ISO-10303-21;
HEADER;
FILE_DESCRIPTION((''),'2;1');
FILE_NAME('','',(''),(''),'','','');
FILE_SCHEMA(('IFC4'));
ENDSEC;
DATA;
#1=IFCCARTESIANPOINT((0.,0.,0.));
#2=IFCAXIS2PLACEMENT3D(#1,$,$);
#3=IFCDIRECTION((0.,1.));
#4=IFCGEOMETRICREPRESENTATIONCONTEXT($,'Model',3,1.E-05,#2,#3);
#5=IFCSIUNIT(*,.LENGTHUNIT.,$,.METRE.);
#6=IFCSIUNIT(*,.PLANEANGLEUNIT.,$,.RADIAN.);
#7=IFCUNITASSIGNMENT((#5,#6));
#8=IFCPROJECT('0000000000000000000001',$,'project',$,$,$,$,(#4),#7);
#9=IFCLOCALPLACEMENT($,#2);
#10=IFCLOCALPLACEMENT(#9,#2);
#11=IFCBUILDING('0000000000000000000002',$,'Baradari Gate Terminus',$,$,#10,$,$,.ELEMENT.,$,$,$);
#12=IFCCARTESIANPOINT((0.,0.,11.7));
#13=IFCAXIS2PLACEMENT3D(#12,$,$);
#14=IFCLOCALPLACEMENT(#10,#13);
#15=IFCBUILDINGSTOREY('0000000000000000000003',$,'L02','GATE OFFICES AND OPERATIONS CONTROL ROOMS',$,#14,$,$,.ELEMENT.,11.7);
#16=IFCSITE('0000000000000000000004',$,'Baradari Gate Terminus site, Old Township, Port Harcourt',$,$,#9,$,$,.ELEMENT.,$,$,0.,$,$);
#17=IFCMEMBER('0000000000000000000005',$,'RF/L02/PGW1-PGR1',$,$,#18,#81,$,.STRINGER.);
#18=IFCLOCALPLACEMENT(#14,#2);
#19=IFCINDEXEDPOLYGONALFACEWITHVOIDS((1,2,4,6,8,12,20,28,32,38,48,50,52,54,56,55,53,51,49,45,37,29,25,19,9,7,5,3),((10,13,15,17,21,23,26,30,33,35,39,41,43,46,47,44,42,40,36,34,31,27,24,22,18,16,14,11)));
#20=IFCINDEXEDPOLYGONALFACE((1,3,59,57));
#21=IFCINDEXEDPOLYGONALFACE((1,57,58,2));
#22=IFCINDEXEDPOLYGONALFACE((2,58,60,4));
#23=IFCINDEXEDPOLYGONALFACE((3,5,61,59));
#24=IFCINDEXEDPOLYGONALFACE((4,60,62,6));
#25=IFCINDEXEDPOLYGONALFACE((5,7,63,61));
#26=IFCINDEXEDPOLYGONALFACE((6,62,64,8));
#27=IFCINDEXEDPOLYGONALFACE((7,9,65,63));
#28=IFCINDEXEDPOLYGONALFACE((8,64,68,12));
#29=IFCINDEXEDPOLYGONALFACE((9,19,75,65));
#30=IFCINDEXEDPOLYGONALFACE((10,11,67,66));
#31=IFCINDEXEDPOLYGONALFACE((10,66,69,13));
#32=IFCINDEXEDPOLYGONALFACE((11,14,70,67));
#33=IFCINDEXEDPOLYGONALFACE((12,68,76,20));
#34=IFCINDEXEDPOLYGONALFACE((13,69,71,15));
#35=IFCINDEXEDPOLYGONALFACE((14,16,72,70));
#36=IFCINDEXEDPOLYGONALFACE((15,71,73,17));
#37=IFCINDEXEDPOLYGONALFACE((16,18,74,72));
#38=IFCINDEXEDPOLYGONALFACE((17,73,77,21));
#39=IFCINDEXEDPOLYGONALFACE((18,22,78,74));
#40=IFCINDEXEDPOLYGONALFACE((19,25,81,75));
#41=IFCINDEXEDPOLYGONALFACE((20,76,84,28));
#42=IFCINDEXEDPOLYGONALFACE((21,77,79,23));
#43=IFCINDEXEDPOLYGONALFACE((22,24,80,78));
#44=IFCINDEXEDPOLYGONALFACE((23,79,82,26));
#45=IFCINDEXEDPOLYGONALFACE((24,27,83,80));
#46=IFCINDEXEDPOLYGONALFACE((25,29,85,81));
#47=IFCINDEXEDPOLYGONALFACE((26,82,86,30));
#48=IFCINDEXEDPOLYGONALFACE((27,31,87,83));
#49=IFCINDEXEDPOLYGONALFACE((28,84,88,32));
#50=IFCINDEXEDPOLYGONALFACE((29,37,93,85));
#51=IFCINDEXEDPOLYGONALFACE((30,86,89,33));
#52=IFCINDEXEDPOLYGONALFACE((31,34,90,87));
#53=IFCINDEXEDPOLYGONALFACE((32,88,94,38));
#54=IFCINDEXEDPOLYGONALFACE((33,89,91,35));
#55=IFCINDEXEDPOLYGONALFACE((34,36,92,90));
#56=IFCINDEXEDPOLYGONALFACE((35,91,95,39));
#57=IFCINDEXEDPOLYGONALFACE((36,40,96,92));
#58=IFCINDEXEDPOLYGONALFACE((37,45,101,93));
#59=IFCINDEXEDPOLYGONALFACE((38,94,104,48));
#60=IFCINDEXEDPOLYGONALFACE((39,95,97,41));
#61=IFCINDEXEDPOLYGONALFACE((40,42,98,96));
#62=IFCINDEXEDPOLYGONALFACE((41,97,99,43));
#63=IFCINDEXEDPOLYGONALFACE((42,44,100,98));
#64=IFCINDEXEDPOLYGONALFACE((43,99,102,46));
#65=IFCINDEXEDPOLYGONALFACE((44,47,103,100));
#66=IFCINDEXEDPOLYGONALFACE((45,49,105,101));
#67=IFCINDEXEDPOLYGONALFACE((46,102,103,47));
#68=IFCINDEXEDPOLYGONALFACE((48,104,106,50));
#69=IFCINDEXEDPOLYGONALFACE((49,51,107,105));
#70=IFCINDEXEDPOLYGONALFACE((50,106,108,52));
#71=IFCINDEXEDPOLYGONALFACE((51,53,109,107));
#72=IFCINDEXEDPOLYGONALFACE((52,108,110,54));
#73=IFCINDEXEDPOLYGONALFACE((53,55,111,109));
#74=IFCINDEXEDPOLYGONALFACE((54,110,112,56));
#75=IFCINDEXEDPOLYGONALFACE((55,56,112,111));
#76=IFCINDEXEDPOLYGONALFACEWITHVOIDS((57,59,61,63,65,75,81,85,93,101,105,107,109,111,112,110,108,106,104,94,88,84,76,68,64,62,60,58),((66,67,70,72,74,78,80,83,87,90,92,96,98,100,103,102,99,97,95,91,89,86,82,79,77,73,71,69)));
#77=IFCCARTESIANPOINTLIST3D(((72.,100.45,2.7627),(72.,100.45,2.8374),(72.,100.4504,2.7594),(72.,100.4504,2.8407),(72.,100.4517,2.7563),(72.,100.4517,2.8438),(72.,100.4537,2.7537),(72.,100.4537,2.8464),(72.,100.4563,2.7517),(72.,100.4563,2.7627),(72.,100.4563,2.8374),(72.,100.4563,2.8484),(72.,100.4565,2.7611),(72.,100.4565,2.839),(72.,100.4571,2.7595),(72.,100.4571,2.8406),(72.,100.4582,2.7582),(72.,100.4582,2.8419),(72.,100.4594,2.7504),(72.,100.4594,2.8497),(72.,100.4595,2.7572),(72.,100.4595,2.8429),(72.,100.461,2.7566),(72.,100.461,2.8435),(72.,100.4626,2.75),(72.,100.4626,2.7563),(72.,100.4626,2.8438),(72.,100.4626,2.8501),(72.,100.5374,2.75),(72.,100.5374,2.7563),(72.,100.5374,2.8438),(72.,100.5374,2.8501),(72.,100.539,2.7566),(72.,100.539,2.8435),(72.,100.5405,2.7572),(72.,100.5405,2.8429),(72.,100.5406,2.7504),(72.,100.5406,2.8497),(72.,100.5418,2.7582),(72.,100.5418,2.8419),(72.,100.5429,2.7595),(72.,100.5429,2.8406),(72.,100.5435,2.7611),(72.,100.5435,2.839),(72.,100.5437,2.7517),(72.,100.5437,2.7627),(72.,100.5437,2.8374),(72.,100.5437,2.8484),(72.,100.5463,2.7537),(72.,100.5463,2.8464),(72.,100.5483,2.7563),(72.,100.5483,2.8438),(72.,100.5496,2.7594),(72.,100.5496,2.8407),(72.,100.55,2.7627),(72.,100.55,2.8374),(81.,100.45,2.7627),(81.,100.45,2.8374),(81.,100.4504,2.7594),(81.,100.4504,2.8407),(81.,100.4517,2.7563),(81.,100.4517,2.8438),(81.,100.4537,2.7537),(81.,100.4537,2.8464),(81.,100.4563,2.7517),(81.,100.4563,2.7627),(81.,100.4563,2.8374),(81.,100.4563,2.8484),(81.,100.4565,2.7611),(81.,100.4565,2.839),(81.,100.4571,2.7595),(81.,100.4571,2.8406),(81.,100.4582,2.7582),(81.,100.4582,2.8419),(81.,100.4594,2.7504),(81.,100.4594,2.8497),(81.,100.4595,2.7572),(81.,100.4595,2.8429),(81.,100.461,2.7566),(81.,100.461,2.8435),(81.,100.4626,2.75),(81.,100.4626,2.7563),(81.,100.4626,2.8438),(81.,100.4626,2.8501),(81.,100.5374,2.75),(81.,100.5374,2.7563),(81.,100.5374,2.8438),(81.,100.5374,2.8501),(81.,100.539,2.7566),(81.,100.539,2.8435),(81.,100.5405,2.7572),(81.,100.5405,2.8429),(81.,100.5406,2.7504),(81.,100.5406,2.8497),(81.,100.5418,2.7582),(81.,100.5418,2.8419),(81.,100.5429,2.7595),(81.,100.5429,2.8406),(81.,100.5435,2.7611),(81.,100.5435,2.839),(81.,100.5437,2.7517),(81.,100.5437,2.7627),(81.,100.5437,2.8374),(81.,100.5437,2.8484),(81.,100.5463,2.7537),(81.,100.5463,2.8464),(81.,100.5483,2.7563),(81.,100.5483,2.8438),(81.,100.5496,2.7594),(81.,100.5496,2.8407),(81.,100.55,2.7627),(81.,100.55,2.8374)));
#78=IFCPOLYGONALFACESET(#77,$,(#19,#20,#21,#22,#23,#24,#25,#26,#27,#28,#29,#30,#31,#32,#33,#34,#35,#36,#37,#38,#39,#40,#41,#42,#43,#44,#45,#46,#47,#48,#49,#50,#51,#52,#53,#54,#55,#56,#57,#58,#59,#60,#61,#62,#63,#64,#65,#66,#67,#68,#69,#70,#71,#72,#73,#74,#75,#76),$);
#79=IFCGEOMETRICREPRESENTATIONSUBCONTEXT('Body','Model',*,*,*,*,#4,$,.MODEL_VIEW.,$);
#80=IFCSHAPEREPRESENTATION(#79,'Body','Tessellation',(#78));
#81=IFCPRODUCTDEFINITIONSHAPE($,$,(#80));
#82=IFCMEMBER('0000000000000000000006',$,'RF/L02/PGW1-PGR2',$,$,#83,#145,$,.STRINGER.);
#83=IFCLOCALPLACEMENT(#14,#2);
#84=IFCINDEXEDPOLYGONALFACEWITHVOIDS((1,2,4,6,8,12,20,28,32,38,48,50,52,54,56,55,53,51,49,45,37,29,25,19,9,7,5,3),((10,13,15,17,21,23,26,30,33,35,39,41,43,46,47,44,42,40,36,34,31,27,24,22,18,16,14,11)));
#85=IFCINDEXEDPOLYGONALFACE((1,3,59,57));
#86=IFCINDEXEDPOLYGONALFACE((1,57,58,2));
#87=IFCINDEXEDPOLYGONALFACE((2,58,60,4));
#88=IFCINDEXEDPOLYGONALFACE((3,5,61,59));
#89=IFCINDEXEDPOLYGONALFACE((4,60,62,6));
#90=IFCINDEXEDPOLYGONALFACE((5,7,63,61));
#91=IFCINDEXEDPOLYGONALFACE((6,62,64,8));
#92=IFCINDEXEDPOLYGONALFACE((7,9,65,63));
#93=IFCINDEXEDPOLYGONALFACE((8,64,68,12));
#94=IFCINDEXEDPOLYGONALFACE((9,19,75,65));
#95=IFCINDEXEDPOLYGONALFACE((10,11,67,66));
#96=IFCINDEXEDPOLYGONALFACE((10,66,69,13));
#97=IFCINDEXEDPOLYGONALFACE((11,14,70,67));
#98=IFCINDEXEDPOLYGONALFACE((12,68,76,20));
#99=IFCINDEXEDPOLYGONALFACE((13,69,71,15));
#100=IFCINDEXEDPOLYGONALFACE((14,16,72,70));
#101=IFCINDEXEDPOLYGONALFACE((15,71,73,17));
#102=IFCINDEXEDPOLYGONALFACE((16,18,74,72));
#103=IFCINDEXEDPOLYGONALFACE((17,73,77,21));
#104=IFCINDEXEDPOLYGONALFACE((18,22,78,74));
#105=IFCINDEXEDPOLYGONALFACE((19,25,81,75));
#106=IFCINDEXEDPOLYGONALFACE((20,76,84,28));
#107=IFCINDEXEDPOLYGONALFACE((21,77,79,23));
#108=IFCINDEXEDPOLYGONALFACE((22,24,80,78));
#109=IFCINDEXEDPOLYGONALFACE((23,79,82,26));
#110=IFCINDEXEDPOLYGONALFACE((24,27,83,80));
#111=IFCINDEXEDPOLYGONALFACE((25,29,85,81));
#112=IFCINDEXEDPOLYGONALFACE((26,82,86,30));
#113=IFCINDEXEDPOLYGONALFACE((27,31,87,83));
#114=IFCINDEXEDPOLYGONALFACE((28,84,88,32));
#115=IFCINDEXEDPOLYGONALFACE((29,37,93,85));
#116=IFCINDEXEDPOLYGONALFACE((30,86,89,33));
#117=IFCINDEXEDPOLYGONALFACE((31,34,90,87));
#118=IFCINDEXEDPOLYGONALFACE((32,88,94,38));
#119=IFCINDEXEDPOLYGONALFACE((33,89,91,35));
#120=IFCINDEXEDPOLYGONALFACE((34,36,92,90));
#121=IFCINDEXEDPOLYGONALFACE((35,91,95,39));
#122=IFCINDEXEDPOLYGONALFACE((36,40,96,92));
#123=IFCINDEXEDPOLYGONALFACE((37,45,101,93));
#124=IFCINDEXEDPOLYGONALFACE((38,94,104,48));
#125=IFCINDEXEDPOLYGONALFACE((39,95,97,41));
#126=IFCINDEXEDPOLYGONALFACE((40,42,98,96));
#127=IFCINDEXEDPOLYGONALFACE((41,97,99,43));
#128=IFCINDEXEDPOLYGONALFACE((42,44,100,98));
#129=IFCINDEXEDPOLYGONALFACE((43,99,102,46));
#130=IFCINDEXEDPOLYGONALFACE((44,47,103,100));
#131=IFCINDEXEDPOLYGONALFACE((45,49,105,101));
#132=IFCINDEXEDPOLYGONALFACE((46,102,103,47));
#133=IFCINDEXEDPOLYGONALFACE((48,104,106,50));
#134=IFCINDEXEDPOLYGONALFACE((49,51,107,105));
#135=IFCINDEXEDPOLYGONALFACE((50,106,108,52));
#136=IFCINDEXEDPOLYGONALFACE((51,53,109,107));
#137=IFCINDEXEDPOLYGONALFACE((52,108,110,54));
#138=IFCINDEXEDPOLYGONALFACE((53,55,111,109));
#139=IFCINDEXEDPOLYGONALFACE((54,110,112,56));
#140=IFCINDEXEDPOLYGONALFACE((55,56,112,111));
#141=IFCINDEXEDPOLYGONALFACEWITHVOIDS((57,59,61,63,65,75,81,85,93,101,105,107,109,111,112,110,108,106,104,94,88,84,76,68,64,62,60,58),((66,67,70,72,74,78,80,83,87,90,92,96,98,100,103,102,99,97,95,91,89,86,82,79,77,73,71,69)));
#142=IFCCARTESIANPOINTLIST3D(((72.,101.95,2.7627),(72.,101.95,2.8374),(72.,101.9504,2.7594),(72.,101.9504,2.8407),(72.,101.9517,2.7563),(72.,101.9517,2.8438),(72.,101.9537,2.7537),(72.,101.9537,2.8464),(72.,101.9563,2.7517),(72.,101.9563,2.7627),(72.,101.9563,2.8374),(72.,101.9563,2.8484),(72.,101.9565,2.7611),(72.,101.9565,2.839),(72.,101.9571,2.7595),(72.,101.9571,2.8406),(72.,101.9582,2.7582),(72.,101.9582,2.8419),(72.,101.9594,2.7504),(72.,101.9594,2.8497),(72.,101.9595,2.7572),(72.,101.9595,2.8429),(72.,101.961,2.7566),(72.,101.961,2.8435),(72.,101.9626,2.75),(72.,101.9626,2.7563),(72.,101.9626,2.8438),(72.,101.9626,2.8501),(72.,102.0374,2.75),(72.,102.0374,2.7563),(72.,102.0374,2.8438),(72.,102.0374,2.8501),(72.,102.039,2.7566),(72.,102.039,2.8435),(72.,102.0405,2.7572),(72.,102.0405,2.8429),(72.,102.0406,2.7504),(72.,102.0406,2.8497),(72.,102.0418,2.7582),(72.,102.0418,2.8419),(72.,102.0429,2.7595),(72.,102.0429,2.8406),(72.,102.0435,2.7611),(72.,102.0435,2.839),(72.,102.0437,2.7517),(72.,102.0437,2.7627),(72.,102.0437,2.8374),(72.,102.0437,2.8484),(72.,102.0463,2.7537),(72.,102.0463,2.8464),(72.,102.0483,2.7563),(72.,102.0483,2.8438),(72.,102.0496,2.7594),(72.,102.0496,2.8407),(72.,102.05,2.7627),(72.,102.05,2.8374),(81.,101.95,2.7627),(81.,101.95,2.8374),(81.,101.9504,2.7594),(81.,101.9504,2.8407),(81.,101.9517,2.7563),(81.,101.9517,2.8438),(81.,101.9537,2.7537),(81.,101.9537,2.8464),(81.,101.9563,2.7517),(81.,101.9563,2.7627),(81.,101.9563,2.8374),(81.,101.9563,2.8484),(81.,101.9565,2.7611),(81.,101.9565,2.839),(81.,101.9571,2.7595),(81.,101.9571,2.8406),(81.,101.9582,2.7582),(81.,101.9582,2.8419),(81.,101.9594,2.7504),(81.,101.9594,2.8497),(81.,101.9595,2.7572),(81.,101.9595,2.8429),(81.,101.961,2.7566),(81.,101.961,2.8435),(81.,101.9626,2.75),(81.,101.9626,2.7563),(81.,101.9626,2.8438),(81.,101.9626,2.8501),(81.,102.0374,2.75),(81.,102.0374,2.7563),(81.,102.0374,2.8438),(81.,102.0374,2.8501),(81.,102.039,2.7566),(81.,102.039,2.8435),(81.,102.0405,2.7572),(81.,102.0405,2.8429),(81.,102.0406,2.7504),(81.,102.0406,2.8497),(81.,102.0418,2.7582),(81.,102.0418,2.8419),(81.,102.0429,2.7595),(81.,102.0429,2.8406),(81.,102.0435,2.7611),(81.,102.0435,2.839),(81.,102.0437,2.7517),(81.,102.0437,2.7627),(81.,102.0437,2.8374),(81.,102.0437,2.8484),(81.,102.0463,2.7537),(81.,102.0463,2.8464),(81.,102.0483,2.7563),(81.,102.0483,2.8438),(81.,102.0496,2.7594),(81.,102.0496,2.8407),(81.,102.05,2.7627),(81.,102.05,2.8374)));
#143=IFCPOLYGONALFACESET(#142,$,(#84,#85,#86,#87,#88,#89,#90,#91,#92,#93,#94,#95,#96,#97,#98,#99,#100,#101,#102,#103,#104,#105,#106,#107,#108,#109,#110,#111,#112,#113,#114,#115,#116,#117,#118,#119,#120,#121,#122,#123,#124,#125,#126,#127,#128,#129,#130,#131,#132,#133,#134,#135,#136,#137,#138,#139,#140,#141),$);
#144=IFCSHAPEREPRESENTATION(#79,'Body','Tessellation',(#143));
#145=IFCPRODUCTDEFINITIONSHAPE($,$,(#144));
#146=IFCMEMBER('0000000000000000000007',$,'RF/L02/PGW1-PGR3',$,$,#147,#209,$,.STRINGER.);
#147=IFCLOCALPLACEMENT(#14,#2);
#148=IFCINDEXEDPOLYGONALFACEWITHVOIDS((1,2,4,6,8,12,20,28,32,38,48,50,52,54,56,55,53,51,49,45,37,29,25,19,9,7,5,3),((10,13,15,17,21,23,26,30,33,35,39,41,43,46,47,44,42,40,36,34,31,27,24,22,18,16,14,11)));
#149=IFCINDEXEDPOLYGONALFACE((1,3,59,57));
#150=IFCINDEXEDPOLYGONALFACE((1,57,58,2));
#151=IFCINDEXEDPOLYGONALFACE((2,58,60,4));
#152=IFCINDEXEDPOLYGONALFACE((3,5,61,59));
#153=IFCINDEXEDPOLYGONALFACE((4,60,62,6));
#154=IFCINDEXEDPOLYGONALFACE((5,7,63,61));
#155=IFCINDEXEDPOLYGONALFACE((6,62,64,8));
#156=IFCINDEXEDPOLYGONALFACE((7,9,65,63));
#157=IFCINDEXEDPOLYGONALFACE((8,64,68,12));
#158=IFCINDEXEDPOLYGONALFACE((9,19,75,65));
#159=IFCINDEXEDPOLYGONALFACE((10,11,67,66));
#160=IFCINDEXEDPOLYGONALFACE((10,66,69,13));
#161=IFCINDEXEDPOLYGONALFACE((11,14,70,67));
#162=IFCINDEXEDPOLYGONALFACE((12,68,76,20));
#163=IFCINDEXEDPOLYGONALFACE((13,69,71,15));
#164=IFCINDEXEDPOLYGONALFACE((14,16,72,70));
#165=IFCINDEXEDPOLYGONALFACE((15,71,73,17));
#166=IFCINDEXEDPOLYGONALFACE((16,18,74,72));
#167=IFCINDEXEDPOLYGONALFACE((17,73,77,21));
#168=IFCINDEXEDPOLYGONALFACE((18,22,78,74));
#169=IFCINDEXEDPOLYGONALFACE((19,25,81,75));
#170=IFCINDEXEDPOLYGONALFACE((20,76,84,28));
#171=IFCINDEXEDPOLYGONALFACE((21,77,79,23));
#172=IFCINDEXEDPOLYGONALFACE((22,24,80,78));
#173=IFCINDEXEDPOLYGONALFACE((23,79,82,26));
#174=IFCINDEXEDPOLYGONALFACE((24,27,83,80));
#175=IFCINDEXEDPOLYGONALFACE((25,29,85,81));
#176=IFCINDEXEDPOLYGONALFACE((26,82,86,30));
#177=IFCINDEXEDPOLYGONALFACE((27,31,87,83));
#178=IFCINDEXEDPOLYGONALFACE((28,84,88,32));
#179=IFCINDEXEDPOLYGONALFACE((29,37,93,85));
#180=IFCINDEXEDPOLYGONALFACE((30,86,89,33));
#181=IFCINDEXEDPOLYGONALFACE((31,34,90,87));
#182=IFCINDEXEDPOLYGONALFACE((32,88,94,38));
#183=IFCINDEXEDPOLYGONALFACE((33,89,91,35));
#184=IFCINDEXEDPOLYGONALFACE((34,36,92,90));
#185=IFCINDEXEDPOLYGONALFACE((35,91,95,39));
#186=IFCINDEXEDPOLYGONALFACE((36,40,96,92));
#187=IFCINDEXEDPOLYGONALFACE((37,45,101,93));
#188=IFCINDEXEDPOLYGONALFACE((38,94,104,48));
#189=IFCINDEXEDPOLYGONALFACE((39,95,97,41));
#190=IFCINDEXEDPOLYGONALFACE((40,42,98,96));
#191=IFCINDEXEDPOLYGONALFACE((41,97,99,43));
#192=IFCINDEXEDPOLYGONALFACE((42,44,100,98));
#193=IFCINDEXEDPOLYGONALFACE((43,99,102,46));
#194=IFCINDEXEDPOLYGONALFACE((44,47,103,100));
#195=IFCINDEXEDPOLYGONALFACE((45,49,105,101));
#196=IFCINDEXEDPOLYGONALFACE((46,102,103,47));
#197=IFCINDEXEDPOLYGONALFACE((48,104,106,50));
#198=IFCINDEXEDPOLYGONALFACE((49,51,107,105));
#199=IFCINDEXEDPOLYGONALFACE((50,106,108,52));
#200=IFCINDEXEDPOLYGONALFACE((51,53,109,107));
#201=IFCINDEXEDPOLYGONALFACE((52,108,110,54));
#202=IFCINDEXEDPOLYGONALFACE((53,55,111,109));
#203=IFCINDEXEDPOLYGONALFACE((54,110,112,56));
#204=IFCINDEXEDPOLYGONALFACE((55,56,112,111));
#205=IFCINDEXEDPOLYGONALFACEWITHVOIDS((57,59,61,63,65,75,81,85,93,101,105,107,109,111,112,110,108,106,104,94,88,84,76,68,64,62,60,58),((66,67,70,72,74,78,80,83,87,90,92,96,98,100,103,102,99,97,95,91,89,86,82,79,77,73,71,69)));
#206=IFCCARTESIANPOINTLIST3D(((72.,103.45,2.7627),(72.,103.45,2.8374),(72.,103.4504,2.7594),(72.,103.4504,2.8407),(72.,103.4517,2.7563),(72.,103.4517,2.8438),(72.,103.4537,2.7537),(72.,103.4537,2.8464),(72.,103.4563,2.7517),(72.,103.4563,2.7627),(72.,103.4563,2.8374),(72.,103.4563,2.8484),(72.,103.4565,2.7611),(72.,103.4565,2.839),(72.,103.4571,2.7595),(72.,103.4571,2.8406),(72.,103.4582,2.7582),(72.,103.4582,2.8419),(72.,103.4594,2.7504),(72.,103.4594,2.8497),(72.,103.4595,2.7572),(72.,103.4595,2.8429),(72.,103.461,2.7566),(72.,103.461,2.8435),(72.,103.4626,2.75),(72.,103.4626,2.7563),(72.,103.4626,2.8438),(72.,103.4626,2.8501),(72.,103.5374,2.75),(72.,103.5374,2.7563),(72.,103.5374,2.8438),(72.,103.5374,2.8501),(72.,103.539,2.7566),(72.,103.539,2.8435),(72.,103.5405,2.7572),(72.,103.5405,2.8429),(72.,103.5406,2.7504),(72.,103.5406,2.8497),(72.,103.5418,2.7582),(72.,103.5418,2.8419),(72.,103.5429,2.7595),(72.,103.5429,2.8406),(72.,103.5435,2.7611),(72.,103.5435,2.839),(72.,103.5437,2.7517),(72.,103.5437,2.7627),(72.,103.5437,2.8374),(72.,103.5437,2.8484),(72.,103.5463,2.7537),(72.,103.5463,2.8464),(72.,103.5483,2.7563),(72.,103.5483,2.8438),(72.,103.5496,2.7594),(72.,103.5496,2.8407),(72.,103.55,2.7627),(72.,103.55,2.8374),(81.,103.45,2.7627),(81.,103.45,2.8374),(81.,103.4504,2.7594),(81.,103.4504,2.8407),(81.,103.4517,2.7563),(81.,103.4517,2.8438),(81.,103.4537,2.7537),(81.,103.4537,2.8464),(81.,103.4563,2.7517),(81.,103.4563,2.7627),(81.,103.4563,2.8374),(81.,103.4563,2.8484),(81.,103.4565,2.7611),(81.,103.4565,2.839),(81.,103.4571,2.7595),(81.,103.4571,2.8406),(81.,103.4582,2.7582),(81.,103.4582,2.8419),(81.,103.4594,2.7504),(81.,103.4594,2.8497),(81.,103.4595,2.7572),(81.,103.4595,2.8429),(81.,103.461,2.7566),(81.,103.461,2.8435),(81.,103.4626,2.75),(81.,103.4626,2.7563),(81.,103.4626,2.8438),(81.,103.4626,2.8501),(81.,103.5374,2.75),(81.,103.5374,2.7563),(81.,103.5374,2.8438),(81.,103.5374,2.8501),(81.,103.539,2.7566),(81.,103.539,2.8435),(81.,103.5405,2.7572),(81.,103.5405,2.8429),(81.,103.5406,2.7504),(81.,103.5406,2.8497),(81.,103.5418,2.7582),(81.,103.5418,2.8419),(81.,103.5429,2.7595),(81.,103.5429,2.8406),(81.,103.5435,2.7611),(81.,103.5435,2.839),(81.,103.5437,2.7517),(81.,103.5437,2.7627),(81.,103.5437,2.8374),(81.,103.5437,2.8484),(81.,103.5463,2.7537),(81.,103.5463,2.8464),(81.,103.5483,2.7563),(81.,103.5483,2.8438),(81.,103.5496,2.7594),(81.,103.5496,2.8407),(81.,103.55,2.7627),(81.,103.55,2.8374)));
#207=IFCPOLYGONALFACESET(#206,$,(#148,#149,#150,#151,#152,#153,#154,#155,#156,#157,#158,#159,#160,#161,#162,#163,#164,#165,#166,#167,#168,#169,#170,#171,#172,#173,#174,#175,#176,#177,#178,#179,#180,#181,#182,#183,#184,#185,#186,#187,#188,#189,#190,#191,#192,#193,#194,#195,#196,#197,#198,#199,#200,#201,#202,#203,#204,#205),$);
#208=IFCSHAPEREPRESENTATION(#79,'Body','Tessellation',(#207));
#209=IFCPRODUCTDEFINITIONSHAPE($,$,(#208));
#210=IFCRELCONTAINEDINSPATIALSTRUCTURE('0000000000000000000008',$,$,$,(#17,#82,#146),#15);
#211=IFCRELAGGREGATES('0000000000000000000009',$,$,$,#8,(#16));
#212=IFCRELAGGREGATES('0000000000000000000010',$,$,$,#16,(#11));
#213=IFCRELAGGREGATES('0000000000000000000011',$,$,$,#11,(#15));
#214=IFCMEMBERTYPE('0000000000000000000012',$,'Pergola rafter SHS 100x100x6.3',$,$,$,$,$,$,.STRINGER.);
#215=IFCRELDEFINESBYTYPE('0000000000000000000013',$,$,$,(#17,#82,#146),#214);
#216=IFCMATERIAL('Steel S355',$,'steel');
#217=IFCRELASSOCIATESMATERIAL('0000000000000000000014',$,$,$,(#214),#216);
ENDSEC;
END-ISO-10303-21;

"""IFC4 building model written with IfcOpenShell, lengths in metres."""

from ifc_helpers import new_model, si_unit, direction, frame, origin, origin_2d, place, context, subcontext, project, spatial, hollow_rectangle, extrude, material, material_profile, profile_set, type_object, element, save


model = new_model("IFC4")

# Units and contexts
model_context = context("Model", 3, precision=1e-05, world=origin(), true_north=direction((0.0, 1.0)))
body_context = subcontext(model_context, "Body", "Model", "MODEL_VIEW")
ifc_project = project(units=[si_unit("LENGTHUNIT", "METRE"), si_unit("PLANEANGLEUNIT", "RADIAN")], contexts=[model_context])

# Site, building, storey
site_placement = place(None, origin())
site = spatial("IfcSite", under=ifc_project, at=site_placement, Name="Baradari Gate Terminus site, Old Township, Port Harcourt", CompositionType="ELEMENT", RefElevation=0.0)
building_placement = place(site_placement, origin())
building = spatial("IfcBuilding", under=site, at=building_placement, Name="Baradari Gate Terminus", CompositionType="ELEMENT")
storey_placement = place(building_placement, frame((0.0, 0.0, 11.7)))
storey = spatial("IfcBuildingStorey", under=building, at=storey_placement, Name="L02", Description="GATE OFFICES AND OPERATIONS CONTROL ROOMS", CompositionType="ELEMENT", Elevation=11.7)

# Members
ifc_material_1 = material(Name="Steel S355", Category="steel")
ifc_material_profile_1 = material_profile(ifc_material_1, hollow_rectangle(XDim=0.1001, YDim=0.1001, WallThickness=0.0063, InnerFilletRadius=0.0063, OuterFilletRadius=0.0127, at=origin_2d()), Name="SHS 100x100x6.3")
ifc_profile_set_1 = profile_set([ifc_material_profile_1], Name="Steel S355")
member_type = type_object("IfcMemberType", Name="Pergola rafter SHS 100x100x6.3", PredefinedType="STRINGER", material=ifc_profile_set_1)
for number, where, z_axis, x_axis, name in (
    (1, (72.0, 100.5, 2.8), (1.0, 0.0, 0.0), (0.0, 1.0, 0.0), "RF/L02/PGW1-PGR1"),
    (2, (72.0, 102.0, 2.8), (1.0, 0.0, 0.0), (0.0, 1.0, 0.0), "RF/L02/PGW1-PGR2"),
    (3, (72.0, 103.5, 2.8), (1.0, 0.0, 0.0), (0.0, 1.0, 0.0), "RF/L02/PGW1-PGR3"),
):
    element("IfcMember", number, at=place(storey_placement, frame(where, z_axis=z_axis, x_axis=x_axis)), inside=storey, type_object=member_type, Name=name, PredefinedType="STRINGER", context=body_context, shape_type="SweptSolid", body=[
        extrude(hollow_rectangle(XDim=0.1001, YDim=0.1001, WallThickness=0.0063, InnerFilletRadius=0.0063, OuterFilletRadius=0.0127, at=origin_2d()), origin(), (0.0, 0.0, 1.0), 9.0),
    ])

save(model, "model.ifc")
